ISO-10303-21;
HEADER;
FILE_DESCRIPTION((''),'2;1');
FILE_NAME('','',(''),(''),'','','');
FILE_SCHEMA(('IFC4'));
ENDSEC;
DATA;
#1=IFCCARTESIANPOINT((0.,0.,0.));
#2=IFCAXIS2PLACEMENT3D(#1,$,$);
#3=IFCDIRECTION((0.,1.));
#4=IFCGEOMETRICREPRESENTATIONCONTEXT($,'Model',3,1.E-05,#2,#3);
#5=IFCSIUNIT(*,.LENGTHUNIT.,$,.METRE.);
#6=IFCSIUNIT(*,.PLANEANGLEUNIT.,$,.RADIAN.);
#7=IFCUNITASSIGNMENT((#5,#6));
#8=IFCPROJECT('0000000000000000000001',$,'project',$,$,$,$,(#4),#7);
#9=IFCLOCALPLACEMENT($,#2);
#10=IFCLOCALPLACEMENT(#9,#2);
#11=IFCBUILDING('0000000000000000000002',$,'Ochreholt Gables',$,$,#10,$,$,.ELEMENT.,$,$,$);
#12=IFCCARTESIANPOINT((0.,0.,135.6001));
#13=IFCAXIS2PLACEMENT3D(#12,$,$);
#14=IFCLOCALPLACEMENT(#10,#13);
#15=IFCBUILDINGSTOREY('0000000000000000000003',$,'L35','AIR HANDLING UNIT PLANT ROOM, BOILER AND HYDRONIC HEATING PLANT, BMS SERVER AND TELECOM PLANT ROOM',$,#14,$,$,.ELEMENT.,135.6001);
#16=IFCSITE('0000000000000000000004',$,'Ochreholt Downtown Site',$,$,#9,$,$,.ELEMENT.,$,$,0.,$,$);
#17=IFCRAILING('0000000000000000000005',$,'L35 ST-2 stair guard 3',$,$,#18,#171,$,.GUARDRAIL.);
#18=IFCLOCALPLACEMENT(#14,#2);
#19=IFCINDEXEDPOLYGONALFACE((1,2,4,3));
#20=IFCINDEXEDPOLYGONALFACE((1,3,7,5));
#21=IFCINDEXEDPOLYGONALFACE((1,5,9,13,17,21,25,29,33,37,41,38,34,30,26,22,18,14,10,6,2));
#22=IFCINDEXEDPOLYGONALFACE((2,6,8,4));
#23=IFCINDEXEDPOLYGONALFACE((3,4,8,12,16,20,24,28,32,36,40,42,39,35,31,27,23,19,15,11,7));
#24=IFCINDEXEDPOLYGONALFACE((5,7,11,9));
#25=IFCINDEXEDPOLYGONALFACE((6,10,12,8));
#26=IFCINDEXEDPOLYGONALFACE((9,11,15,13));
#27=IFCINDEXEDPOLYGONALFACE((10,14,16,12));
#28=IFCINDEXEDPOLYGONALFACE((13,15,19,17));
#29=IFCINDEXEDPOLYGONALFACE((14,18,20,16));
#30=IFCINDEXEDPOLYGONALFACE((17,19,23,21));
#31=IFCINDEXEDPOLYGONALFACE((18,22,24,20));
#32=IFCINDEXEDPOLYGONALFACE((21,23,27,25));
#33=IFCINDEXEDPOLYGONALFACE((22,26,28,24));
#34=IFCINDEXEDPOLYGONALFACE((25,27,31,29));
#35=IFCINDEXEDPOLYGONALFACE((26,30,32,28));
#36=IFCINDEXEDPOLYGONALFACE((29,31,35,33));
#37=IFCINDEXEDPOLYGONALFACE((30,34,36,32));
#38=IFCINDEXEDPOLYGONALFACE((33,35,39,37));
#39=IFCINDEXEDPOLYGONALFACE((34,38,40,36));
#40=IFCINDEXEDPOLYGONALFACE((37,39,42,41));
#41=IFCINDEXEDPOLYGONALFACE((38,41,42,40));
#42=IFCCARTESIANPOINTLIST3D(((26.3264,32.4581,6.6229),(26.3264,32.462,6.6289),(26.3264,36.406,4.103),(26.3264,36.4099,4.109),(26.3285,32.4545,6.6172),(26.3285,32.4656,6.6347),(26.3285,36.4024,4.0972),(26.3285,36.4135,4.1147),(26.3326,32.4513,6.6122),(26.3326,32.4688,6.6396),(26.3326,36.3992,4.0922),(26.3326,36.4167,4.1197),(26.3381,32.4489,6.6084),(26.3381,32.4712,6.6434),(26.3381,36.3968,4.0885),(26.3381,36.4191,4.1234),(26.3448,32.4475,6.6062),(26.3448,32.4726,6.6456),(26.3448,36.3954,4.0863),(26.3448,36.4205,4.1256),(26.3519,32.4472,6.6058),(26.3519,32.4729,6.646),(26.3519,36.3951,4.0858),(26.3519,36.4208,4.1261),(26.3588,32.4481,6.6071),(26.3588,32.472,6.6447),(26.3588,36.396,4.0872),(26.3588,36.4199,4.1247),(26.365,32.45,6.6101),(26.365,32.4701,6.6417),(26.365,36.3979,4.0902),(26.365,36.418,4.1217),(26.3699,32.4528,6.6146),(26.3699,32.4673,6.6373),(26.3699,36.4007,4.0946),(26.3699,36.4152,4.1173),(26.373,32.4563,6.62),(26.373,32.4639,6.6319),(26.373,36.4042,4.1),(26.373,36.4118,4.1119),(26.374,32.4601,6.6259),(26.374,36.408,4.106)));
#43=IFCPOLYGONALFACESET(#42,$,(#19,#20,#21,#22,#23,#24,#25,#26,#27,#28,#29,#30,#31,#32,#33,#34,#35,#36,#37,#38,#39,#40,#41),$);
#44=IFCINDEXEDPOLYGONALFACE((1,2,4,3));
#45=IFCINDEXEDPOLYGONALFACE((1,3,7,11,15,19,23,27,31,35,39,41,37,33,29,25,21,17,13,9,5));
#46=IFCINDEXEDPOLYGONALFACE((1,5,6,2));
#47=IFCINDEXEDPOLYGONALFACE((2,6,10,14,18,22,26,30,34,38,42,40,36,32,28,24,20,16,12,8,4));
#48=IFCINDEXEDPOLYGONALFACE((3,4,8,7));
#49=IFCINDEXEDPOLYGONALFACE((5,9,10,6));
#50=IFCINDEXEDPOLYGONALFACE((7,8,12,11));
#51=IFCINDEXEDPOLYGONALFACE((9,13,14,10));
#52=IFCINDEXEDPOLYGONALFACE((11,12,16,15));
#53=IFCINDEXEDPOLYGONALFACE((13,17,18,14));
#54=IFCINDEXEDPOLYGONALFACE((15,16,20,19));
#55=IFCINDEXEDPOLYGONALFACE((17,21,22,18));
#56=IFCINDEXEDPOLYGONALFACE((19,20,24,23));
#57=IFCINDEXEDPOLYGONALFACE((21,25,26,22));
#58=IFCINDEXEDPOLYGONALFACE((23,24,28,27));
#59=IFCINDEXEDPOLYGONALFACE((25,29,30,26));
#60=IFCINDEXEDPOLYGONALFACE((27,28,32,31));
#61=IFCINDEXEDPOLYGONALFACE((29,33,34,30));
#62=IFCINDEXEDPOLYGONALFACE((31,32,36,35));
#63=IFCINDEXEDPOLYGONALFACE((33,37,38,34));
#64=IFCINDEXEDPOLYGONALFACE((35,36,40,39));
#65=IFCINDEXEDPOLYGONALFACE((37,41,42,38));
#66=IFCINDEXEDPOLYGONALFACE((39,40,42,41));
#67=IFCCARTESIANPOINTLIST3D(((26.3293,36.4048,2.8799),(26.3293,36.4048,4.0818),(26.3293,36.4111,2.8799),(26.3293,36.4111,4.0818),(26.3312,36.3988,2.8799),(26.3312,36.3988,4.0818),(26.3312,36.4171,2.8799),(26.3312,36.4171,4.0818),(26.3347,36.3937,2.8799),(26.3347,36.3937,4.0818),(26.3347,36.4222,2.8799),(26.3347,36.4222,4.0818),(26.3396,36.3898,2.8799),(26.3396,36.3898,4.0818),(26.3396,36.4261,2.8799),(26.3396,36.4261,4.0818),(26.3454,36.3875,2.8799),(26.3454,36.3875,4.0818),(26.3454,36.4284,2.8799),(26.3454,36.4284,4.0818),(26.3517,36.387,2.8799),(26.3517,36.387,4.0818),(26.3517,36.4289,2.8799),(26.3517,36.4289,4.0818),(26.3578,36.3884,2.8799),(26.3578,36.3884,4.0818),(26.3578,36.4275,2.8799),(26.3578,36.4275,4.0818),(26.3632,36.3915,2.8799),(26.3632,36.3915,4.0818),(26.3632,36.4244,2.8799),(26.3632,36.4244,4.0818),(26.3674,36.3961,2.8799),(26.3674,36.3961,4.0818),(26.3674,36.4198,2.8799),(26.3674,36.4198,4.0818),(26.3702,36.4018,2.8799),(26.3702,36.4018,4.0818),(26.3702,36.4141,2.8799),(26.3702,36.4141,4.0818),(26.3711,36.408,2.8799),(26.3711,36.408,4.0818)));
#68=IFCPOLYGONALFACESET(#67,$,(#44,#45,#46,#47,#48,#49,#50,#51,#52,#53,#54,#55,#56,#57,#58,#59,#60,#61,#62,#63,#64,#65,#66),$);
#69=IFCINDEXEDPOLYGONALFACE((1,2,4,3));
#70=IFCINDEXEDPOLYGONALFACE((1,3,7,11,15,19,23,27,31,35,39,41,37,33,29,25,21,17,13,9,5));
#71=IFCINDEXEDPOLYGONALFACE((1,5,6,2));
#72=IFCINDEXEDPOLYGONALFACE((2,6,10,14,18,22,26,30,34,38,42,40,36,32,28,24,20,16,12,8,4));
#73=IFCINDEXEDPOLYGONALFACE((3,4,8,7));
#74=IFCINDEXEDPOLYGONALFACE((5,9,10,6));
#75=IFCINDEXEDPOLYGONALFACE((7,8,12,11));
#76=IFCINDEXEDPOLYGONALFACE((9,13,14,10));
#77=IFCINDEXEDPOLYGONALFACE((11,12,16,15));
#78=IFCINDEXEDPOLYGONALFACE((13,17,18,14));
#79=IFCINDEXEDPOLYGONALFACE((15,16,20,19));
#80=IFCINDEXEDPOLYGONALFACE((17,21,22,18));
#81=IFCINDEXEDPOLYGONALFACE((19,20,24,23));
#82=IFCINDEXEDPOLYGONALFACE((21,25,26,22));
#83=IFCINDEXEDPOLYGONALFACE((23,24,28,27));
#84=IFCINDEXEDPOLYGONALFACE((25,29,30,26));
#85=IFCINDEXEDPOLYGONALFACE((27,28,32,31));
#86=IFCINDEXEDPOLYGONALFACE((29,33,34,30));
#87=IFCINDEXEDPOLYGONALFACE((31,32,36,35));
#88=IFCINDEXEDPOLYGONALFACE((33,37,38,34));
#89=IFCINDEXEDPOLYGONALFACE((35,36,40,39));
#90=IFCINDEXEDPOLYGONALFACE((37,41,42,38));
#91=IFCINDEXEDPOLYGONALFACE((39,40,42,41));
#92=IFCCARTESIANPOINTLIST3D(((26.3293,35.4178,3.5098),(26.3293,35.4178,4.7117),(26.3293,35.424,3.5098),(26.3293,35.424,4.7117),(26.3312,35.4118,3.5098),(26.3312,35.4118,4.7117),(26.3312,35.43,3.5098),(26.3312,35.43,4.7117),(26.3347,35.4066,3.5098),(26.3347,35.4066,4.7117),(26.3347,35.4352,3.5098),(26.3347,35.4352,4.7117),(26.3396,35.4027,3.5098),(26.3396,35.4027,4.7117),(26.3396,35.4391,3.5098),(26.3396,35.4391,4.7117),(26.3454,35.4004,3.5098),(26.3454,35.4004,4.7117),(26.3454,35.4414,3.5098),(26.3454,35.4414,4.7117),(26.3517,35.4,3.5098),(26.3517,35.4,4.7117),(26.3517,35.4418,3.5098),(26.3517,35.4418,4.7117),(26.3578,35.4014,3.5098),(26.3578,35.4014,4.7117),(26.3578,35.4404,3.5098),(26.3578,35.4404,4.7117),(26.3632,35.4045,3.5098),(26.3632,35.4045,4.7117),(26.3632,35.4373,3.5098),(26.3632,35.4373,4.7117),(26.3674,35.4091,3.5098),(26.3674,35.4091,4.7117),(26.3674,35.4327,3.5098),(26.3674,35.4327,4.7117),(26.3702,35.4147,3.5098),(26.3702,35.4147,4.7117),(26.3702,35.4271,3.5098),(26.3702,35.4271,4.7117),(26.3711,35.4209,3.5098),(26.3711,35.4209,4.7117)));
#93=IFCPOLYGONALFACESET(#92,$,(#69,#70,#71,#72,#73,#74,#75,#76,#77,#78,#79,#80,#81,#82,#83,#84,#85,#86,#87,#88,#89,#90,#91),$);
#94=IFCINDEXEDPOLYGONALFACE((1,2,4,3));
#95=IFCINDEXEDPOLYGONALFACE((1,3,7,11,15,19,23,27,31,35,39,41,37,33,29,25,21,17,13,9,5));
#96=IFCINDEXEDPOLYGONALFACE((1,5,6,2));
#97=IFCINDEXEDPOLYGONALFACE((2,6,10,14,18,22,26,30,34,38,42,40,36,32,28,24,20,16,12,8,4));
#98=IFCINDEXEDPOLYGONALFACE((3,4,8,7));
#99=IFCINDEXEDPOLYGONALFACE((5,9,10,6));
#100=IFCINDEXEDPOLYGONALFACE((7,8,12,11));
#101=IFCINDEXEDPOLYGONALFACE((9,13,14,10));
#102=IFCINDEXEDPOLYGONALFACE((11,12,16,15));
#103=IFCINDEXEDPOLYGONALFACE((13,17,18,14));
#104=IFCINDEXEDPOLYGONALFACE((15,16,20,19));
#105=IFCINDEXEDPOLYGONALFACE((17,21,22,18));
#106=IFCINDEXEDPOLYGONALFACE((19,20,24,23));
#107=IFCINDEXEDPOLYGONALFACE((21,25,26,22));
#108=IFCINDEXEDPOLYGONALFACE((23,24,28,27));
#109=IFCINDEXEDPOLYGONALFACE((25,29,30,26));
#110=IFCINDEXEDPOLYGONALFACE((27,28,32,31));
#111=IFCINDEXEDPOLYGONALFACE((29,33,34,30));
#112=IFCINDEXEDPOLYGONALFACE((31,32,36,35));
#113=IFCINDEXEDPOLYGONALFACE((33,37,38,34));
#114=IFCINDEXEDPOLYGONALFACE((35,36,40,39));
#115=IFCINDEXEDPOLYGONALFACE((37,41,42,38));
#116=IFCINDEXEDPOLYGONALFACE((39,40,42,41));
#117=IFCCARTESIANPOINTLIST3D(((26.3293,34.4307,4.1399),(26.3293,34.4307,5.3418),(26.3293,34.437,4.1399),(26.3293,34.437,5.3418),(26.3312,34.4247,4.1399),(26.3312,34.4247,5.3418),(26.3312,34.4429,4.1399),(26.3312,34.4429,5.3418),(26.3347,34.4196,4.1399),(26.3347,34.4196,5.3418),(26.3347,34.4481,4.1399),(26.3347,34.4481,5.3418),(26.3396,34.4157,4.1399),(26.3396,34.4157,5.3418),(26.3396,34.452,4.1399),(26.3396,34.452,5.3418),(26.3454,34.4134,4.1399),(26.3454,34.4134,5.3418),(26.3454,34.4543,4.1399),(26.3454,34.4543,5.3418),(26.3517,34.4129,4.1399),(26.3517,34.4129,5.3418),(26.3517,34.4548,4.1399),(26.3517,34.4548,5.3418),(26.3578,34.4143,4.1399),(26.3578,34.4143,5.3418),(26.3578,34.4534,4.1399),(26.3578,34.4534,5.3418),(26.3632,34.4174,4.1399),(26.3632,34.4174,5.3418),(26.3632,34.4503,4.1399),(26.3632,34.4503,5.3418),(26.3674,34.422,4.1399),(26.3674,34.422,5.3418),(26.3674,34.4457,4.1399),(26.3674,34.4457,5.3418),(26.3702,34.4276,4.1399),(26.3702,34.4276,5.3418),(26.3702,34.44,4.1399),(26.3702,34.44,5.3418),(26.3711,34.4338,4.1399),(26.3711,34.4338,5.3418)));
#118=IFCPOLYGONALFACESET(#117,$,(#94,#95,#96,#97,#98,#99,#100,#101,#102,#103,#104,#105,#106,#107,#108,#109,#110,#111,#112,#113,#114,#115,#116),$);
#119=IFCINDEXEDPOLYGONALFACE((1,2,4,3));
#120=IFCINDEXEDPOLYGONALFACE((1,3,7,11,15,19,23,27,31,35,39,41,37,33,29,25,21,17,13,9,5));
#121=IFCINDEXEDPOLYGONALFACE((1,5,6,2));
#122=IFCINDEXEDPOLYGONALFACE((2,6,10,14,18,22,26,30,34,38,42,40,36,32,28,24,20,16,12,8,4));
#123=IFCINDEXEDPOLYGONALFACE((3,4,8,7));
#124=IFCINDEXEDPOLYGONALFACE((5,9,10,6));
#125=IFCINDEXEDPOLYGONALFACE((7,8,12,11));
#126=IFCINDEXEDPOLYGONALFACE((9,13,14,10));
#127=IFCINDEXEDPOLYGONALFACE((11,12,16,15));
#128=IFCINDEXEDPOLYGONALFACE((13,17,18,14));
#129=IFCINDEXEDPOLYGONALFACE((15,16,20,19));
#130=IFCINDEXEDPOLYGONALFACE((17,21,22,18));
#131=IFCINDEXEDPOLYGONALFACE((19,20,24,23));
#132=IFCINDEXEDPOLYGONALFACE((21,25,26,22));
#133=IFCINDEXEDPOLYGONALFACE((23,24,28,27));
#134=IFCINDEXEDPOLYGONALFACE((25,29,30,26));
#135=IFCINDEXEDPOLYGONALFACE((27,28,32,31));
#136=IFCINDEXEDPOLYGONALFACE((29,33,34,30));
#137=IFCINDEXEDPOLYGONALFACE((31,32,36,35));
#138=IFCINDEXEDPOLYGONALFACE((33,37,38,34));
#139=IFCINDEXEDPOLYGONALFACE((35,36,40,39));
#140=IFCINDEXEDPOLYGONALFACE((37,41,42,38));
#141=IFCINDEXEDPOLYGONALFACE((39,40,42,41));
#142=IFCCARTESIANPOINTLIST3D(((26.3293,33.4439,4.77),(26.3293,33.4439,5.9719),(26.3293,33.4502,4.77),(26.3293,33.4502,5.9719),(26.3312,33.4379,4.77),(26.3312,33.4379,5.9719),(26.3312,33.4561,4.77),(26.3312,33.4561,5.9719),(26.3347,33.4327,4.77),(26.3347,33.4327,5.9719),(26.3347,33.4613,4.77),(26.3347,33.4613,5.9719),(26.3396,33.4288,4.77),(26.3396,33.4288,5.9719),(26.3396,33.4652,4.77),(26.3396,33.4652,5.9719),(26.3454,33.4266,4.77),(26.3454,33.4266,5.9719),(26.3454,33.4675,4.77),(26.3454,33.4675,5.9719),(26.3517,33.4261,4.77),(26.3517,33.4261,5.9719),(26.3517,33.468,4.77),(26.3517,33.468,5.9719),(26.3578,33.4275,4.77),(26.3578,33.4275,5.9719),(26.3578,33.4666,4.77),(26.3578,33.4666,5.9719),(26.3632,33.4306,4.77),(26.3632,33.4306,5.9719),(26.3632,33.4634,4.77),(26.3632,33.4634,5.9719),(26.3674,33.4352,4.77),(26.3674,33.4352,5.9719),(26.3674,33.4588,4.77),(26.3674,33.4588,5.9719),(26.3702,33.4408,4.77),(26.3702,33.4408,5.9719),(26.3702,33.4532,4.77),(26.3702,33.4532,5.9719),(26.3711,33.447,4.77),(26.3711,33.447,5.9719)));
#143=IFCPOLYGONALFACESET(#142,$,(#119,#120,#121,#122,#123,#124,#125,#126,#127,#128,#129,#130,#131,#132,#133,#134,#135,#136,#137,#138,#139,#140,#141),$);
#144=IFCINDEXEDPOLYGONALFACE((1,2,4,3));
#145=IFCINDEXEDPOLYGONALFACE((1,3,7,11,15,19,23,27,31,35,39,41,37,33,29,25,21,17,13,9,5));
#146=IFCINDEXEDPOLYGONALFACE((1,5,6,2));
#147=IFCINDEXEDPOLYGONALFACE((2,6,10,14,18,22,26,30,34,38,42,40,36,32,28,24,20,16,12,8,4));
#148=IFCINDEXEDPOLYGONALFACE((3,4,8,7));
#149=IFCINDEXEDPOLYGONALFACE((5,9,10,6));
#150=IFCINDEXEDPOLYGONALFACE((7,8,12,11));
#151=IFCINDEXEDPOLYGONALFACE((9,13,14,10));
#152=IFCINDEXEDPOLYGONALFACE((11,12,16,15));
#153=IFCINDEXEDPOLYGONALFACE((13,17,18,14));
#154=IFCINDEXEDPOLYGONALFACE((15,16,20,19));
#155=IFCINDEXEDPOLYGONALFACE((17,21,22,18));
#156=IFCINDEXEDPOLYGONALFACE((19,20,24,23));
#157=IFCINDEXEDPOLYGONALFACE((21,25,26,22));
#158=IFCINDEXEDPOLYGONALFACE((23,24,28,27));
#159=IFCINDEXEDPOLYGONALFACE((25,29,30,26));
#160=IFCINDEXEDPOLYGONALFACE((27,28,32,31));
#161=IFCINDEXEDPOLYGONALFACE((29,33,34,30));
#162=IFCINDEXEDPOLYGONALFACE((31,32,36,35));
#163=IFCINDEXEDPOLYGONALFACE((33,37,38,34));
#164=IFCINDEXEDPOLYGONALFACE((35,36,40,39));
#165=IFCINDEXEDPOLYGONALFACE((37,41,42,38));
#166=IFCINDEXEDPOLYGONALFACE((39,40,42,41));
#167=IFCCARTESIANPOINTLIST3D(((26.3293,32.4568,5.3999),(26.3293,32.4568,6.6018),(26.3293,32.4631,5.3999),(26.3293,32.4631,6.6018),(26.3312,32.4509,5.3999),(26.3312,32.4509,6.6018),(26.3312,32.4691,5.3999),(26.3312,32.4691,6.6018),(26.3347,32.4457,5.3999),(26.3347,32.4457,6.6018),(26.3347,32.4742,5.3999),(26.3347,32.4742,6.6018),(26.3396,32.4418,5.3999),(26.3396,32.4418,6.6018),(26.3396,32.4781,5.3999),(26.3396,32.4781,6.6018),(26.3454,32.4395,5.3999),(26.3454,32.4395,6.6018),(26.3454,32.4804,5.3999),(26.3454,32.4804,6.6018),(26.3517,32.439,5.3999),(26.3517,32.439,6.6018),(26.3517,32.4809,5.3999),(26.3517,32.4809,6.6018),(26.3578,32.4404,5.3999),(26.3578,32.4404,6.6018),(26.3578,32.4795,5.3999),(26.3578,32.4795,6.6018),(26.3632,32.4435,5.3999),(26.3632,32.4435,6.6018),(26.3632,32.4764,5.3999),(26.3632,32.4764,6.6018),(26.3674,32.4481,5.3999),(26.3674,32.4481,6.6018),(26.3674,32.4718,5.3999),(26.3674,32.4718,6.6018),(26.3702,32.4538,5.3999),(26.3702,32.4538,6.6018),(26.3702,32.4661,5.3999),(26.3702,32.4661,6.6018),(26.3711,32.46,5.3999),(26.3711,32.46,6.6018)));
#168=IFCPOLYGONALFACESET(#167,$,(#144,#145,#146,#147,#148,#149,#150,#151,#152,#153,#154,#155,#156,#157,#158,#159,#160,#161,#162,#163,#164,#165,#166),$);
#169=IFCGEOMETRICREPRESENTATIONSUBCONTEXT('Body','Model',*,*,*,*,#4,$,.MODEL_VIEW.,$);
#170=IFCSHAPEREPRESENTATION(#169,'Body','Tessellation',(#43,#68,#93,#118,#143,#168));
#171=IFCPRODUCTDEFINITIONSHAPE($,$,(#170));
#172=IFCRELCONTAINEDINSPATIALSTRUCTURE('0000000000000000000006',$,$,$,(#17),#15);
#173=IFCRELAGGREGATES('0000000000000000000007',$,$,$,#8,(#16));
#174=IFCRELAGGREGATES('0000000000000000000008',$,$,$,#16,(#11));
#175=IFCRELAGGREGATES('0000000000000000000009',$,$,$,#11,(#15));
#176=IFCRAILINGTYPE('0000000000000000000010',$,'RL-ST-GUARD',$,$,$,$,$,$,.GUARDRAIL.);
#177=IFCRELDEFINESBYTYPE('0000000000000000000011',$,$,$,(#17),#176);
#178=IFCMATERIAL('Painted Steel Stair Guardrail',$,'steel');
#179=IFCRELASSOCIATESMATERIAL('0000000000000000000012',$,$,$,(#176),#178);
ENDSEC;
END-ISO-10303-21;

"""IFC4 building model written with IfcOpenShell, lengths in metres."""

from ifc_helpers import new_model, si_unit, direction, frame, origin, origin_2d, place, context, subcontext, project, spatial, circle, extrude, material, type_object, element, save


model = new_model("IFC4")

# Units and contexts
model_context = context("Model", 3, precision=1e-05, world=origin(), true_north=direction((0.0, 1.0)))
body_context = subcontext(model_context, "Body", "Model", "MODEL_VIEW")
ifc_project = project(units=[si_unit("LENGTHUNIT", "METRE"), si_unit("PLANEANGLEUNIT", "RADIAN")], contexts=[model_context])

# Site, building, storey
site_placement = place(None, origin())
site = spatial("IfcSite", under=ifc_project, at=site_placement, Name="Ochreholt Downtown Site", CompositionType="ELEMENT", RefElevation=0.0)
building_placement = place(site_placement, origin())
building = spatial("IfcBuilding", under=site, at=building_placement, Name="Ochreholt Gables", CompositionType="ELEMENT")
storey_placement = place(building_placement, frame((0.0, 0.0, 135.6001)))
storey = spatial("IfcBuildingStorey", under=building, at=storey_placement, Name="L35", Description="AIR HANDLING UNIT PLANT ROOM, BOILER AND HYDRONIC HEATING PLANT, BMS SERVER AND TELECOM PLANT ROOM", CompositionType="ELEMENT", Elevation=135.6001)

# Railing
ifc_material_1 = material(Name="Painted Steel Stair Guardrail", Category="steel")
railing_type_1 = type_object("IfcRailingType", Name="RL-ST-GUARD", PredefinedType="GUARDRAIL", material=ifc_material_1)
railing_1_placement = place(storey_placement, frame((26.3501, 36.408, 2.8799)))
element("IfcRailing", 1, at=railing_1_placement, inside=storey, type_object=railing_type_1, Name="L35 ST-2 stair guard 3", PredefinedType="GUARDRAIL", context=body_context, shape_type="SweptSolid", body=[
    extrude(circle(Radius=0.0239, at=origin_2d()), frame((0.0, 0.0, 1.2261), z_axis=(0.0, -0.84292, 0.538039), x_axis=(1.0, 0.0, 0.0)), (0.0, 0.0, 1.0), 4.6836),
    extrude(circle(Radius=0.021, at=origin_2d()), origin(), (0.0, 0.0, 1.0), 1.2019),
    extrude(circle(Radius=0.021, at=origin_2d()), frame((0.0, -0.9871, 0.6299)), (0.0, 0.0, 1.0), 1.2019),
    extrude(circle(Radius=0.021, at=origin_2d()), frame((0.0, -1.9741, 1.26)), (0.0, 0.0, 1.0), 1.2019),
    extrude(circle(Radius=0.021, at=origin_2d()), frame((0.0, -2.9609, 1.8901)), (0.0, 0.0, 1.0), 1.2019),
    extrude(circle(Radius=0.021, at=origin_2d()), frame((0.0, -3.948, 2.52)), (0.0, 0.0, 1.0), 1.2019),
])

save(model, "model.ifc")
